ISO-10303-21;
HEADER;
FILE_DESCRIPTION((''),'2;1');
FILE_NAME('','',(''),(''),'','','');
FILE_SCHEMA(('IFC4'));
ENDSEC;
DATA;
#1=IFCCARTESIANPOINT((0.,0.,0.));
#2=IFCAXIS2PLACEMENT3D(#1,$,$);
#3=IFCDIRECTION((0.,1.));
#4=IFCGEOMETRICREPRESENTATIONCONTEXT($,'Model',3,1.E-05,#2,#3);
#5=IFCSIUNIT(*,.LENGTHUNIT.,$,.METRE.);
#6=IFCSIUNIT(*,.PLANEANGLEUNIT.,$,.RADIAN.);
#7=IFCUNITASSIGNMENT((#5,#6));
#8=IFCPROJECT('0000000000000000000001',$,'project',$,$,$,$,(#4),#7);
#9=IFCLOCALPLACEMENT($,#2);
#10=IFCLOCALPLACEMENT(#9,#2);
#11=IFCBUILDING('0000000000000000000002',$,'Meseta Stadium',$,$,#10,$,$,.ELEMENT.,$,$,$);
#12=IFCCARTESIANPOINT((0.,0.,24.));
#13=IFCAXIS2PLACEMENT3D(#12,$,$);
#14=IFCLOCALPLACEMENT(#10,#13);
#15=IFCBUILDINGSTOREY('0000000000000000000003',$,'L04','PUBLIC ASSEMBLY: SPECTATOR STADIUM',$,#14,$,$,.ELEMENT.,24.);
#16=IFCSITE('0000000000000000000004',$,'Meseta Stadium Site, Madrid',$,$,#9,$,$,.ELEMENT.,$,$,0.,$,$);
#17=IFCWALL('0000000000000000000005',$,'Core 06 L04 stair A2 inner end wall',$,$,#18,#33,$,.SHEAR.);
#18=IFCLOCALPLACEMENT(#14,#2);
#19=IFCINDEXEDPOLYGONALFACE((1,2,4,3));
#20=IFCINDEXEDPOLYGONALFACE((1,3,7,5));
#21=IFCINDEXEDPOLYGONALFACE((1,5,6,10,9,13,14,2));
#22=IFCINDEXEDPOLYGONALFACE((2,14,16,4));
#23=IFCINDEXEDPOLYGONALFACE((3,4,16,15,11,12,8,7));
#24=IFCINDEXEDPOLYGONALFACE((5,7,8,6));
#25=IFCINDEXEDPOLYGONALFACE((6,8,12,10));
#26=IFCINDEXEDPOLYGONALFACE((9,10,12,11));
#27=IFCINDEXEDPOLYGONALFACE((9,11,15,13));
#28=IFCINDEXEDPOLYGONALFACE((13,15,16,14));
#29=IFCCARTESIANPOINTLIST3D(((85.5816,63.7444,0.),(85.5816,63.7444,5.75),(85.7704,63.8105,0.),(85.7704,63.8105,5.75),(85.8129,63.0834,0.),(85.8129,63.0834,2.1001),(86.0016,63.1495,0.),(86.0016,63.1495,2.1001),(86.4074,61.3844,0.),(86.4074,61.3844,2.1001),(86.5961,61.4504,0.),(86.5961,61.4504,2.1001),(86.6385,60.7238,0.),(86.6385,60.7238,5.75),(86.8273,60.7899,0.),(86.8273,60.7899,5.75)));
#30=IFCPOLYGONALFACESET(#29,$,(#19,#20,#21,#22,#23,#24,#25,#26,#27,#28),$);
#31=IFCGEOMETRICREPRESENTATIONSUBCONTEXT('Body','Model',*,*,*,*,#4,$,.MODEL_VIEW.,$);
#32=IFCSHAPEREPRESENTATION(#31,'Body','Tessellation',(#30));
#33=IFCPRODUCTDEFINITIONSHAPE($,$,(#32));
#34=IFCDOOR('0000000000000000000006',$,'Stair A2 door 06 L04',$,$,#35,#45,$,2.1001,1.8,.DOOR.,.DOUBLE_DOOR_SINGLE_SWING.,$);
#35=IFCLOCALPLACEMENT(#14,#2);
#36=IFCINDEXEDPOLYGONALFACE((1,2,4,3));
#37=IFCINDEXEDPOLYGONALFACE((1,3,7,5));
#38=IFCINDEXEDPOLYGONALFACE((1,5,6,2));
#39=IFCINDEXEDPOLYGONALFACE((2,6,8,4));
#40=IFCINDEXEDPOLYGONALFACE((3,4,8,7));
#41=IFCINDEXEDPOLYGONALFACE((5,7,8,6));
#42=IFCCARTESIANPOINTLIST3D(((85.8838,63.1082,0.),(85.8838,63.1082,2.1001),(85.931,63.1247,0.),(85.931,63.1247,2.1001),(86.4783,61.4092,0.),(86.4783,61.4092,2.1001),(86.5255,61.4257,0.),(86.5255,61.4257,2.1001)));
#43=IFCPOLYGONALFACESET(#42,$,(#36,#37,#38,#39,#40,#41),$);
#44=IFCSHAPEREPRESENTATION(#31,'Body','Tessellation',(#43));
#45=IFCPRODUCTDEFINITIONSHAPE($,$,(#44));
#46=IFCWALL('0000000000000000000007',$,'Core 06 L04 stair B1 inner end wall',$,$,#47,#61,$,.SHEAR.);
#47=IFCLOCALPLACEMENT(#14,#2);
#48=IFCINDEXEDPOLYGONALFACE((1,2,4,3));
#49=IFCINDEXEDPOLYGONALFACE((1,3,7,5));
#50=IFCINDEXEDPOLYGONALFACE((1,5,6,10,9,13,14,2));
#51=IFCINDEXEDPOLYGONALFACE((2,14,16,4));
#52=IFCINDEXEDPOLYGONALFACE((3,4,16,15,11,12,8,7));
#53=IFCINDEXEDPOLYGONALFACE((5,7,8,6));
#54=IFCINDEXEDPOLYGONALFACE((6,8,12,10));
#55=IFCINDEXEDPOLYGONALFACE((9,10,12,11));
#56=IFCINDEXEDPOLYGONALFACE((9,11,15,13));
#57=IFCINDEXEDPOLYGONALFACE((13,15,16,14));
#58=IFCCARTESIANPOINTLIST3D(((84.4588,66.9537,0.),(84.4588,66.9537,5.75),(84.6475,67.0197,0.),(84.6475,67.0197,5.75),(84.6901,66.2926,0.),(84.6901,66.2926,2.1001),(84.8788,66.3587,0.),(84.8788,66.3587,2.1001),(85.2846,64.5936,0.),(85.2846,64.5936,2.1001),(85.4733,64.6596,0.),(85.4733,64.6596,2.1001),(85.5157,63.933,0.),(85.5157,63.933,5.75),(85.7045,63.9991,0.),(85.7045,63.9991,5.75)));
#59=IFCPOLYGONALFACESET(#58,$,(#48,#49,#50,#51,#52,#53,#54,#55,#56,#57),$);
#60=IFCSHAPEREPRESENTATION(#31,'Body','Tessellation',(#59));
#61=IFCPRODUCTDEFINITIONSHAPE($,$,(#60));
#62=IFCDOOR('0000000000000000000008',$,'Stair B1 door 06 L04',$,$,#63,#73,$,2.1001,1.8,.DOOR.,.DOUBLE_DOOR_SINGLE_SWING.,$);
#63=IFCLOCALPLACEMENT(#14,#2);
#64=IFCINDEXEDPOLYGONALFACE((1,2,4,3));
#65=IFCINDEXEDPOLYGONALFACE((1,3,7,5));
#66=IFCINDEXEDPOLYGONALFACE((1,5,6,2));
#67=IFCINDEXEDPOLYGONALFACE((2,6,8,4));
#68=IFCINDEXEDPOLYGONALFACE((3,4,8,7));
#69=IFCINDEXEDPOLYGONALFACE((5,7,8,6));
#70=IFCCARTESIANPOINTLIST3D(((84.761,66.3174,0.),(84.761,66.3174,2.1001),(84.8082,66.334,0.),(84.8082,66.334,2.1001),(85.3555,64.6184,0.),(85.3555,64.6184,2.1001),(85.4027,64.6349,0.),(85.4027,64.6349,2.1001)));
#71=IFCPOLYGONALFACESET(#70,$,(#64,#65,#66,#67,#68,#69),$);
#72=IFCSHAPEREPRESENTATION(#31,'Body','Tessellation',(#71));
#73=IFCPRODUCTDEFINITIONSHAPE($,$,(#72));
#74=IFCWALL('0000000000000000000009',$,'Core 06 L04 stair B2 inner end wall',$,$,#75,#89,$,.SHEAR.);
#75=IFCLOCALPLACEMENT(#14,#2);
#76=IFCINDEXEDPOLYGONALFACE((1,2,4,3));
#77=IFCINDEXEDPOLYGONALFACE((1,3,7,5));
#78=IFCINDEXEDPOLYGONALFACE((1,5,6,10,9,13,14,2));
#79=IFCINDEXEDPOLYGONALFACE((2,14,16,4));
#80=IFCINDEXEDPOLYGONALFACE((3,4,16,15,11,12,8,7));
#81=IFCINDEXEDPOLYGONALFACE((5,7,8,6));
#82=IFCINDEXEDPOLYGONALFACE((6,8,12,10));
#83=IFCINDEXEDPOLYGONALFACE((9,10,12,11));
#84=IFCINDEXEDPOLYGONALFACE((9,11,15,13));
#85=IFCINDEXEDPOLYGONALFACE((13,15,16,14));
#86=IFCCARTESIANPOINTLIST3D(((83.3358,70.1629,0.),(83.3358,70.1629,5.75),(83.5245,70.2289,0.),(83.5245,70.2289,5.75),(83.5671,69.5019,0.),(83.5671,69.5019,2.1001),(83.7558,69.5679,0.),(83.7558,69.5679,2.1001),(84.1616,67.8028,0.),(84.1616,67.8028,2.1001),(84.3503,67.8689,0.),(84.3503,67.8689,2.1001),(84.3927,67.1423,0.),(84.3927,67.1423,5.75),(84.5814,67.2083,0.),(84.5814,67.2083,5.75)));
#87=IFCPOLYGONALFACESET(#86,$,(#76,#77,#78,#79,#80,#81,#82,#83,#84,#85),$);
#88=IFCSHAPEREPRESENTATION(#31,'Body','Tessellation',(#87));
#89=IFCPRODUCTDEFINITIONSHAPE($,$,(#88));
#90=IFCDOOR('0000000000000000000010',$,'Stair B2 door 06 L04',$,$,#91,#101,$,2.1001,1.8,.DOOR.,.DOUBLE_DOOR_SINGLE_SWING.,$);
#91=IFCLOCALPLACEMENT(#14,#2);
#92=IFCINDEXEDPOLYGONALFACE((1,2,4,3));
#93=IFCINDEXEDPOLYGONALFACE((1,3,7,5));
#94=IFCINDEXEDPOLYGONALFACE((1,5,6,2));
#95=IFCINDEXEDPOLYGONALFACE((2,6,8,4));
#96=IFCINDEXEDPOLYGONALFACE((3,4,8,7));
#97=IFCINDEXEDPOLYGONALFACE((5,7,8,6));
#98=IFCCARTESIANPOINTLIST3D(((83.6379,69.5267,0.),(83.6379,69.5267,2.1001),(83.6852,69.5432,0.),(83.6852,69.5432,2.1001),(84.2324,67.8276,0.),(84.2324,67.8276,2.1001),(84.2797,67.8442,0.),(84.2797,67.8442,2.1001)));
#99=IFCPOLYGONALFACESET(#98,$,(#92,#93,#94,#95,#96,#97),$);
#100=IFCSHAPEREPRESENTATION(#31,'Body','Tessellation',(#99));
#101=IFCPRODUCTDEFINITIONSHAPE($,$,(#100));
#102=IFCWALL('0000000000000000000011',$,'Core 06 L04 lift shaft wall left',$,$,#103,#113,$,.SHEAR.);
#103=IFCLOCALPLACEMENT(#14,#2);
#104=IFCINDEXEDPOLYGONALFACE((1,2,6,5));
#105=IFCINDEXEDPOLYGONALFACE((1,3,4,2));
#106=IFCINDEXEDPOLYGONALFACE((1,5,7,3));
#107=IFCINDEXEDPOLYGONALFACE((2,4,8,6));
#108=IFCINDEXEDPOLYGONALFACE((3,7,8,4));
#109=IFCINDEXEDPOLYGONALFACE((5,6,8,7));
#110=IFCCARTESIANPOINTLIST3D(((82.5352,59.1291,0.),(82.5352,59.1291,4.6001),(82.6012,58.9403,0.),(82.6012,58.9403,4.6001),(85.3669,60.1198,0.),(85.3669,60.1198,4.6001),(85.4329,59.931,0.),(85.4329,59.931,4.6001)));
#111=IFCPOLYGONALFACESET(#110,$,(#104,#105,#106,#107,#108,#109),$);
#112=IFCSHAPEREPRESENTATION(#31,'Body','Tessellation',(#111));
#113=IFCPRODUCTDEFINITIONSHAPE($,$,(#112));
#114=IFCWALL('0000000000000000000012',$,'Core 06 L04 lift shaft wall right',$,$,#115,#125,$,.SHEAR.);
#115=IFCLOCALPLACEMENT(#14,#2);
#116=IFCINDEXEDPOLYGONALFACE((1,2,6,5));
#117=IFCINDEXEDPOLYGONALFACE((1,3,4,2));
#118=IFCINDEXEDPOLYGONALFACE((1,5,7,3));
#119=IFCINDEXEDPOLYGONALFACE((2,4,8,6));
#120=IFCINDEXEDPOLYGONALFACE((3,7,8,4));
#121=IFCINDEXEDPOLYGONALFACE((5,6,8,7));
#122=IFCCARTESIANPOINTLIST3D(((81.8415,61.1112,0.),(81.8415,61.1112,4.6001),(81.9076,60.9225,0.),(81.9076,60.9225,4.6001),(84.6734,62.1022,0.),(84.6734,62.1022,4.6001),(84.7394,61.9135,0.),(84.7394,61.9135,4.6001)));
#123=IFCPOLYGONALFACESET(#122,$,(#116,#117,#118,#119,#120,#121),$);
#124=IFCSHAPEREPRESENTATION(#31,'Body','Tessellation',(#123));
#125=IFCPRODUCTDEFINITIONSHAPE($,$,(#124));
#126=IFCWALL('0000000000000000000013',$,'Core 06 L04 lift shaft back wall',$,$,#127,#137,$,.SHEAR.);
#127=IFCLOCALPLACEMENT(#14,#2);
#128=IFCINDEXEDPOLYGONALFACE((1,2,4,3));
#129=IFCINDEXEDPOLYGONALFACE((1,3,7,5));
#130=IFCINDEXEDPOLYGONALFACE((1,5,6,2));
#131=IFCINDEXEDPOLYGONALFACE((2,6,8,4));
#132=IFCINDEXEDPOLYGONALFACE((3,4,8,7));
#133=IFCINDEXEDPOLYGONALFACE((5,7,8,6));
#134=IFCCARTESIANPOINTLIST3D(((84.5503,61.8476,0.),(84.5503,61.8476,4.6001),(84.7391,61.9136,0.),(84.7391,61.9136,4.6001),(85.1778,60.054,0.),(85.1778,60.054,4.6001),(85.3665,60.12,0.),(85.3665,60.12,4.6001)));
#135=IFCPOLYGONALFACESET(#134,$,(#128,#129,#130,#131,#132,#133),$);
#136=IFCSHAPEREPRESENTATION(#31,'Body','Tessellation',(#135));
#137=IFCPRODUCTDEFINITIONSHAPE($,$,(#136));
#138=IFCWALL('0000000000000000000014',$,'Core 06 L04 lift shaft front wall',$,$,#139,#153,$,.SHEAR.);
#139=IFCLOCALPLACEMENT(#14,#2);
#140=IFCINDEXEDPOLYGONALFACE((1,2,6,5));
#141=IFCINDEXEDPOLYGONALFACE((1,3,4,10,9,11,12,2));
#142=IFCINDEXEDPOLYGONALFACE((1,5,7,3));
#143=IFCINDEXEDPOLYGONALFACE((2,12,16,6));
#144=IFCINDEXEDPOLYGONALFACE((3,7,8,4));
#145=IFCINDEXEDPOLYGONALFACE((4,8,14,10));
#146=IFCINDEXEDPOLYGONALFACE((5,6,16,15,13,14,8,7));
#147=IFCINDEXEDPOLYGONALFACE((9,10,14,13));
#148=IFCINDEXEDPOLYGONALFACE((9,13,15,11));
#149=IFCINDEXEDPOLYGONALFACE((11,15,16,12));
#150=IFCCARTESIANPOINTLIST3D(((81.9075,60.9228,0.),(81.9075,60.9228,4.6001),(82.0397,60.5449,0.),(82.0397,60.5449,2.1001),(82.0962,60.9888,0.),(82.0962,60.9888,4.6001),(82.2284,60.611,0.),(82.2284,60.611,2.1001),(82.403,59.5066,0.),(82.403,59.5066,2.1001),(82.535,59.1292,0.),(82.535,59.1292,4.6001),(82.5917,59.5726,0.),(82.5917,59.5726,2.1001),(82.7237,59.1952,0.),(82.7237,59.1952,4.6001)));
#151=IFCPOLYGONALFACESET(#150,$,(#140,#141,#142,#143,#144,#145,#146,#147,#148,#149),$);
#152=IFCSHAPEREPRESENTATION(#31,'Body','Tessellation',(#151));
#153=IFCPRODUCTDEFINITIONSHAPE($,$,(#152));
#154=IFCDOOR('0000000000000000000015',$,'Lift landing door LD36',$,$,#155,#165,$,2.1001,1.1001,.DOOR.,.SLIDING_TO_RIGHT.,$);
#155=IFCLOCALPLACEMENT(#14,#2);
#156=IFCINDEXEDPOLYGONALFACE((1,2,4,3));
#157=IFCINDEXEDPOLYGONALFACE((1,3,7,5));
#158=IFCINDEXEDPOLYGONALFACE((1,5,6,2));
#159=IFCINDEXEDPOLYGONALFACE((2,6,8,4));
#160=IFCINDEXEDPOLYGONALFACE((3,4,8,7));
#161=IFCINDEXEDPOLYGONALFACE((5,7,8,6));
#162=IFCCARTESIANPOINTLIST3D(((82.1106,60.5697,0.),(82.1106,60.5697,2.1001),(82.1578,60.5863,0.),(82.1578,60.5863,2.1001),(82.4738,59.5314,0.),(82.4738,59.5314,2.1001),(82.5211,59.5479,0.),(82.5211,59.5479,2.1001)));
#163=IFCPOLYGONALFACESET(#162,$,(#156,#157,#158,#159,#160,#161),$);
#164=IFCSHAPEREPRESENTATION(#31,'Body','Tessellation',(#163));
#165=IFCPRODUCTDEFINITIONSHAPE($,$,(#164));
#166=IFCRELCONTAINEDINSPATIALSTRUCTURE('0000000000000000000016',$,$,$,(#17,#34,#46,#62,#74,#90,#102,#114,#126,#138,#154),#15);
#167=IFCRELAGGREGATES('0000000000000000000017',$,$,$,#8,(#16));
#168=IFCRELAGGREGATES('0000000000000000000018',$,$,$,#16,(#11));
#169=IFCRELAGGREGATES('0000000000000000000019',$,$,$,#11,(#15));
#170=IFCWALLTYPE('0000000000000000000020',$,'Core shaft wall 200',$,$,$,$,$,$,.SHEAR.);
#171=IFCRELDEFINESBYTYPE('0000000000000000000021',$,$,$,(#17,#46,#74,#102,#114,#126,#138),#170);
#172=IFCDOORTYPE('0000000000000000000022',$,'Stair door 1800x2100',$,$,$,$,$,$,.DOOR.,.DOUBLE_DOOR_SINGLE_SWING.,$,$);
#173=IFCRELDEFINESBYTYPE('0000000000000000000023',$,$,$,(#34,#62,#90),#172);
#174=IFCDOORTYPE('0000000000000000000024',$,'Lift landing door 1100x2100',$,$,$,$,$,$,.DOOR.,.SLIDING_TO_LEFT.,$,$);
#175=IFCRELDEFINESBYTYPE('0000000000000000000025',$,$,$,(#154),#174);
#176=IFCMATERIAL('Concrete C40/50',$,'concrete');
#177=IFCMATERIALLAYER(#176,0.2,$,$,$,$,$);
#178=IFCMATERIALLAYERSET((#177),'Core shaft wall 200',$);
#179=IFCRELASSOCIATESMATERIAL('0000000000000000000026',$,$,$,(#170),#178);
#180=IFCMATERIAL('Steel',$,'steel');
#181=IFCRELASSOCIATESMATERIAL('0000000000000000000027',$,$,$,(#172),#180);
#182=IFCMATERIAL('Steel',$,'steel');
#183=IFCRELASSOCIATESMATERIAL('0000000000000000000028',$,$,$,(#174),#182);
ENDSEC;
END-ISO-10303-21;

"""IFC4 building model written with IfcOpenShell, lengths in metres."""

from ifc_helpers import new_model, si_unit, direction, frame, frame_2d, origin, place, context, subcontext, project, spatial, rectangle, extrude, material, layer, layer_set, type_object, element, fill, save


model = new_model("IFC4")

# Units and contexts
model_context = context("Model", 3, precision=1e-05, world=origin(), true_north=direction((0.0, 1.0)))
body_context = subcontext(model_context, "Body", "Model", "MODEL_VIEW")
ifc_project = project(units=[si_unit("LENGTHUNIT", "METRE"), si_unit("PLANEANGLEUNIT", "RADIAN")], contexts=[model_context])

# Site, building, storey
site_placement = place(None, origin())
site = spatial("IfcSite", under=ifc_project, at=site_placement, Name="Meseta Stadium Site, Madrid", CompositionType="ELEMENT", RefElevation=0.0)
building_placement = place(site_placement, origin())
building = spatial("IfcBuilding", under=site, at=building_placement, Name="Meseta Stadium", CompositionType="ELEMENT")
storey_placement = place(building_placement, frame((0.0, 0.0, 24.0)))
storey = spatial("IfcBuildingStorey", under=building, at=storey_placement, Name="L04", Description="PUBLIC ASSEMBLY: SPECTATOR STADIUM", CompositionType="ELEMENT", Elevation=24.0)

# Shared definitions
ifc_material_1 = material(Name="Concrete C40/50", Category="concrete")
ifc_layer_1 = layer(ifc_material_1, 0.2)
ifc_layer_set_1 = layer_set([ifc_layer_1], Name="Core shaft wall 200")
wall_type_1 = type_object("IfcWallType", Name="Core shaft wall 200", PredefinedType="SHEAR", material=ifc_layer_set_1)

# Walls, openings, doors
ifc_material_2 = material(Name="Steel", Category="steel")
door_type_1 = type_object("IfcDoorType", Name="Stair door 1800x2100", OperationType="DOUBLE_DOOR_SINGLE_SWING", PredefinedType="DOOR", material=ifc_material_2)
wall_1_placement = place(storey_placement, frame((86.7329, 60.7568, 0.0), z_axis=(0.0, 0.0, 1.0), x_axis=(-0.330269, 0.943887, 0.0)))
wall_1 = element("IfcWall", 1, at=wall_1_placement, inside=storey, type_object=wall_type_1, Name="Core 06 L04 stair A2 inner end wall", PredefinedType="SHEAR", context=body_context, shape_type="SweptSolid", body=[
    extrude(rectangle(XDim=3.2002, YDim=0.2, at=frame_2d((1.6001, 0.0))), origin(), (0.0, 0.0, 1.0), 5.75),
])
opening_1_placement = place(wall_1_placement, frame((0.7, 0.0, 0.0)))
opening_1 = element("IfcOpeningElement", 2, at=opening_1_placement, cuts=wall_1, PredefinedType="OPENING", context=body_context, shape_type="SweptSolid", body=[
    extrude(rectangle(XDim=1.8, YDim=2.1001, at=frame_2d((0.8999, 1.05))), frame((0.0, 0.1099, 0.0), z_axis=(0.0, -1.0, 0.0), x_axis=(1.0, 0.0, 0.0)), (0.0, 0.0, 1.0), 0.22),
])
door_1_placement = place(opening_1_placement, origin())
door_1 = element("IfcDoor", 3, at=door_1_placement, inside=storey, type_object=door_type_1, Name="Stair A2 door 06 L04", OperationType="DOUBLE_DOOR_SINGLE_SWING", OverallHeight=2.1001, OverallWidth=1.8, PredefinedType="DOOR", context=body_context, shape_type="SweptSolid", body=[
    extrude(rectangle(XDim=1.8, YDim=2.1001, at=frame_2d((0.8999, 1.05))), frame((0.0, 0.0249, 0.0), z_axis=(0.0, -1.0, 0.0), x_axis=(1.0, 0.0, 0.0)), (0.0, 0.0, 1.0), 0.05),
])
fill(opening_1, door_1)
wall_2_placement = place(storey_placement, frame((85.6101, 63.9661, 0.0), z_axis=(0.0, 0.0, 1.0), x_axis=(-0.330269, 0.943887, 0.0)))
wall_2 = element("IfcWall", 4, at=wall_2_placement, inside=storey, type_object=wall_type_1, Name="Core 06 L04 stair B1 inner end wall", PredefinedType="SHEAR", context=body_context, shape_type="SweptSolid", body=[
    extrude(rectangle(XDim=3.2002, YDim=0.2, at=frame_2d((1.6001, 0.0))), origin(), (0.0, 0.0, 1.0), 5.75),
])
opening_2_placement = place(wall_2_placement, frame((0.7, 0.0, 0.0)))
opening_2 = element("IfcOpeningElement", 5, at=opening_2_placement, cuts=wall_2, PredefinedType="OPENING", context=body_context, shape_type="SweptSolid", body=[
    extrude(rectangle(XDim=1.8, YDim=2.1001, at=frame_2d((0.8999, 1.05))), frame((0.0, 0.1099, 0.0), z_axis=(0.0, -1.0, 0.0), x_axis=(1.0, 0.0, 0.0)), (0.0, 0.0, 1.0), 0.22),
])
door_2_placement = place(opening_2_placement, origin())
door_2 = element("IfcDoor", 6, at=door_2_placement, inside=storey, type_object=door_type_1, Name="Stair B1 door 06 L04", OperationType="DOUBLE_DOOR_SINGLE_SWING", OverallHeight=2.1001, OverallWidth=1.8, PredefinedType="DOOR", context=body_context, shape_type="SweptSolid", body=[
    extrude(rectangle(XDim=1.8, YDim=2.1001, at=frame_2d((0.8999, 1.05))), frame((0.0, 0.0249, 0.0), z_axis=(0.0, -1.0, 0.0), x_axis=(1.0, 0.0, 0.0)), (0.0, 0.0, 1.0), 0.05),
])
fill(opening_2, door_2)
wall_3_placement = place(storey_placement, frame((84.4871, 67.1753, 0.0), z_axis=(0.0, 0.0, 1.0), x_axis=(-0.330269, 0.943887, 0.0)))
wall_3 = element("IfcWall", 7, at=wall_3_placement, inside=storey, type_object=wall_type_1, Name="Core 06 L04 stair B2 inner end wall", PredefinedType="SHEAR", context=body_context, shape_type="SweptSolid", body=[
    extrude(rectangle(XDim=3.2002, YDim=0.2, at=frame_2d((1.6001, 0.0))), origin(), (0.0, 0.0, 1.0), 5.75),
])
opening_3_placement = place(wall_3_placement, frame((0.7, 0.0, 0.0)))
opening_3 = element("IfcOpeningElement", 8, at=opening_3_placement, cuts=wall_3, PredefinedType="OPENING", context=body_context, shape_type="SweptSolid", body=[
    extrude(rectangle(XDim=1.8, YDim=2.1001, at=frame_2d((0.8999, 1.05))), frame((0.0, 0.1099, 0.0), z_axis=(0.0, -1.0, 0.0), x_axis=(1.0, 0.0, 0.0)), (0.0, 0.0, 1.0), 0.22),
])
door_3_placement = place(opening_3_placement, origin())
door_3 = element("IfcDoor", 9, at=door_3_placement, inside=storey, type_object=door_type_1, Name="Stair B2 door 06 L04", OperationType="DOUBLE_DOOR_SINGLE_SWING", OverallHeight=2.1001, OverallWidth=1.8, PredefinedType="DOOR", context=body_context, shape_type="SweptSolid", body=[
    extrude(rectangle(XDim=1.8, YDim=2.1001, at=frame_2d((0.8999, 1.05))), frame((0.0, 0.0249, 0.0), z_axis=(0.0, -1.0, 0.0), x_axis=(1.0, 0.0, 0.0)), (0.0, 0.0, 1.0), 0.05),
])
fill(opening_3, door_3)

# Walls
wall_4_placement = place(storey_placement, frame((85.3999, 60.0254, 0.0), z_axis=(0.0, 0.0, 1.0), x_axis=(-0.9439, -0.330231, 0.0)))
element("IfcWall", 10, at=wall_4_placement, inside=storey, type_object=wall_type_1, Name="Core 06 L04 lift shaft wall left", PredefinedType="SHEAR", context=body_context, shape_type="SweptSolid", body=[
    extrude(rectangle(XDim=3.0, YDim=0.2, at=frame_2d((1.5, 0.0))), origin(), (0.0, 0.0, 1.0), 4.6001),
])
wall_5_placement = place(storey_placement, frame((84.7063, 62.0078, 0.0), z_axis=(0.0, 0.0, 1.0), x_axis=(-0.943875, -0.330303, 0.0)))
element("IfcWall", 11, at=wall_5_placement, inside=storey, type_object=wall_type_1, Name="Core 06 L04 lift shaft wall right", PredefinedType="SHEAR", context=body_context, shape_type="SweptSolid", body=[
    extrude(rectangle(XDim=3.0002, YDim=0.2, at=frame_2d((1.5, 0.0))), origin(), (0.0, 0.0, 1.0), 4.6001),
])
wall_6_placement = place(storey_placement, frame((85.2722, 60.0869, 0.0), z_axis=(0.0, 0.0, 1.0), x_axis=(-0.330225, 0.943902, 0.0)))
element("IfcWall", 12, at=wall_6_placement, inside=storey, type_object=wall_type_1, Name="Core 06 L04 lift shaft back wall", PredefinedType="SHEAR", context=body_context, shape_type="SweptSolid", body=[
    extrude(rectangle(XDim=1.9001, YDim=0.2, at=frame_2d((0.9502, 0.0))), origin(), (0.0, 0.0, 1.0), 4.6001),
])

# Wall, opening, door
wall_7_placement = place(storey_placement, frame((82.6294, 59.1621, 0.0), z_axis=(0.0, 0.0, 1.0), x_axis=(-0.330225, 0.943902, 0.0)))
wall_7 = element("IfcWall", 13, at=wall_7_placement, inside=storey, type_object=wall_type_1, Name="Core 06 L04 lift shaft front wall", PredefinedType="SHEAR", context=body_context, shape_type="SweptSolid", body=[
    extrude(rectangle(XDim=1.9001, YDim=0.2, at=frame_2d((0.9502, 0.0))), origin(), (0.0, 0.0, 1.0), 4.6001),
])
opening_4_placement = place(wall_7_placement, frame((0.3999, 0.0, 0.0)))
opening_4 = element("IfcOpeningElement", 14, at=opening_4_placement, cuts=wall_7, PredefinedType="OPENING", context=body_context, shape_type="SweptSolid", body=[
    extrude(rectangle(XDim=1.1001, YDim=2.1001, at=frame_2d((0.55, 1.05))), frame((0.0, 0.1099, 0.0), z_axis=(0.0, -1.0, 0.0), x_axis=(1.0, 0.0, 0.0)), (0.0, 0.0, 1.0), 0.22),
])
ifc_material_3 = material(Name="Steel", Category="steel")
door_type_2 = type_object("IfcDoorType", Name="Lift landing door 1100x2100", OperationType="SLIDING_TO_LEFT", PredefinedType="DOOR", material=ifc_material_3)
door_4_placement = place(opening_4_placement, origin())
door_4 = element("IfcDoor", 15, at=door_4_placement, inside=storey, type_object=door_type_2, Name="Lift landing door LD36", OperationType="SLIDING_TO_RIGHT", OverallHeight=2.1001, OverallWidth=1.1001, PredefinedType="DOOR", context=body_context, shape_type="SweptSolid", body=[
    extrude(rectangle(XDim=1.1001, YDim=2.1001, at=frame_2d((0.55, 1.05))), frame((0.0, 0.0249, 0.0), z_axis=(0.0, -1.0, 0.0), x_axis=(1.0, 0.0, 0.0)), (0.0, 0.0, 1.0), 0.05),
])
fill(opening_4, door_4)

save(model, "model.ifc")
